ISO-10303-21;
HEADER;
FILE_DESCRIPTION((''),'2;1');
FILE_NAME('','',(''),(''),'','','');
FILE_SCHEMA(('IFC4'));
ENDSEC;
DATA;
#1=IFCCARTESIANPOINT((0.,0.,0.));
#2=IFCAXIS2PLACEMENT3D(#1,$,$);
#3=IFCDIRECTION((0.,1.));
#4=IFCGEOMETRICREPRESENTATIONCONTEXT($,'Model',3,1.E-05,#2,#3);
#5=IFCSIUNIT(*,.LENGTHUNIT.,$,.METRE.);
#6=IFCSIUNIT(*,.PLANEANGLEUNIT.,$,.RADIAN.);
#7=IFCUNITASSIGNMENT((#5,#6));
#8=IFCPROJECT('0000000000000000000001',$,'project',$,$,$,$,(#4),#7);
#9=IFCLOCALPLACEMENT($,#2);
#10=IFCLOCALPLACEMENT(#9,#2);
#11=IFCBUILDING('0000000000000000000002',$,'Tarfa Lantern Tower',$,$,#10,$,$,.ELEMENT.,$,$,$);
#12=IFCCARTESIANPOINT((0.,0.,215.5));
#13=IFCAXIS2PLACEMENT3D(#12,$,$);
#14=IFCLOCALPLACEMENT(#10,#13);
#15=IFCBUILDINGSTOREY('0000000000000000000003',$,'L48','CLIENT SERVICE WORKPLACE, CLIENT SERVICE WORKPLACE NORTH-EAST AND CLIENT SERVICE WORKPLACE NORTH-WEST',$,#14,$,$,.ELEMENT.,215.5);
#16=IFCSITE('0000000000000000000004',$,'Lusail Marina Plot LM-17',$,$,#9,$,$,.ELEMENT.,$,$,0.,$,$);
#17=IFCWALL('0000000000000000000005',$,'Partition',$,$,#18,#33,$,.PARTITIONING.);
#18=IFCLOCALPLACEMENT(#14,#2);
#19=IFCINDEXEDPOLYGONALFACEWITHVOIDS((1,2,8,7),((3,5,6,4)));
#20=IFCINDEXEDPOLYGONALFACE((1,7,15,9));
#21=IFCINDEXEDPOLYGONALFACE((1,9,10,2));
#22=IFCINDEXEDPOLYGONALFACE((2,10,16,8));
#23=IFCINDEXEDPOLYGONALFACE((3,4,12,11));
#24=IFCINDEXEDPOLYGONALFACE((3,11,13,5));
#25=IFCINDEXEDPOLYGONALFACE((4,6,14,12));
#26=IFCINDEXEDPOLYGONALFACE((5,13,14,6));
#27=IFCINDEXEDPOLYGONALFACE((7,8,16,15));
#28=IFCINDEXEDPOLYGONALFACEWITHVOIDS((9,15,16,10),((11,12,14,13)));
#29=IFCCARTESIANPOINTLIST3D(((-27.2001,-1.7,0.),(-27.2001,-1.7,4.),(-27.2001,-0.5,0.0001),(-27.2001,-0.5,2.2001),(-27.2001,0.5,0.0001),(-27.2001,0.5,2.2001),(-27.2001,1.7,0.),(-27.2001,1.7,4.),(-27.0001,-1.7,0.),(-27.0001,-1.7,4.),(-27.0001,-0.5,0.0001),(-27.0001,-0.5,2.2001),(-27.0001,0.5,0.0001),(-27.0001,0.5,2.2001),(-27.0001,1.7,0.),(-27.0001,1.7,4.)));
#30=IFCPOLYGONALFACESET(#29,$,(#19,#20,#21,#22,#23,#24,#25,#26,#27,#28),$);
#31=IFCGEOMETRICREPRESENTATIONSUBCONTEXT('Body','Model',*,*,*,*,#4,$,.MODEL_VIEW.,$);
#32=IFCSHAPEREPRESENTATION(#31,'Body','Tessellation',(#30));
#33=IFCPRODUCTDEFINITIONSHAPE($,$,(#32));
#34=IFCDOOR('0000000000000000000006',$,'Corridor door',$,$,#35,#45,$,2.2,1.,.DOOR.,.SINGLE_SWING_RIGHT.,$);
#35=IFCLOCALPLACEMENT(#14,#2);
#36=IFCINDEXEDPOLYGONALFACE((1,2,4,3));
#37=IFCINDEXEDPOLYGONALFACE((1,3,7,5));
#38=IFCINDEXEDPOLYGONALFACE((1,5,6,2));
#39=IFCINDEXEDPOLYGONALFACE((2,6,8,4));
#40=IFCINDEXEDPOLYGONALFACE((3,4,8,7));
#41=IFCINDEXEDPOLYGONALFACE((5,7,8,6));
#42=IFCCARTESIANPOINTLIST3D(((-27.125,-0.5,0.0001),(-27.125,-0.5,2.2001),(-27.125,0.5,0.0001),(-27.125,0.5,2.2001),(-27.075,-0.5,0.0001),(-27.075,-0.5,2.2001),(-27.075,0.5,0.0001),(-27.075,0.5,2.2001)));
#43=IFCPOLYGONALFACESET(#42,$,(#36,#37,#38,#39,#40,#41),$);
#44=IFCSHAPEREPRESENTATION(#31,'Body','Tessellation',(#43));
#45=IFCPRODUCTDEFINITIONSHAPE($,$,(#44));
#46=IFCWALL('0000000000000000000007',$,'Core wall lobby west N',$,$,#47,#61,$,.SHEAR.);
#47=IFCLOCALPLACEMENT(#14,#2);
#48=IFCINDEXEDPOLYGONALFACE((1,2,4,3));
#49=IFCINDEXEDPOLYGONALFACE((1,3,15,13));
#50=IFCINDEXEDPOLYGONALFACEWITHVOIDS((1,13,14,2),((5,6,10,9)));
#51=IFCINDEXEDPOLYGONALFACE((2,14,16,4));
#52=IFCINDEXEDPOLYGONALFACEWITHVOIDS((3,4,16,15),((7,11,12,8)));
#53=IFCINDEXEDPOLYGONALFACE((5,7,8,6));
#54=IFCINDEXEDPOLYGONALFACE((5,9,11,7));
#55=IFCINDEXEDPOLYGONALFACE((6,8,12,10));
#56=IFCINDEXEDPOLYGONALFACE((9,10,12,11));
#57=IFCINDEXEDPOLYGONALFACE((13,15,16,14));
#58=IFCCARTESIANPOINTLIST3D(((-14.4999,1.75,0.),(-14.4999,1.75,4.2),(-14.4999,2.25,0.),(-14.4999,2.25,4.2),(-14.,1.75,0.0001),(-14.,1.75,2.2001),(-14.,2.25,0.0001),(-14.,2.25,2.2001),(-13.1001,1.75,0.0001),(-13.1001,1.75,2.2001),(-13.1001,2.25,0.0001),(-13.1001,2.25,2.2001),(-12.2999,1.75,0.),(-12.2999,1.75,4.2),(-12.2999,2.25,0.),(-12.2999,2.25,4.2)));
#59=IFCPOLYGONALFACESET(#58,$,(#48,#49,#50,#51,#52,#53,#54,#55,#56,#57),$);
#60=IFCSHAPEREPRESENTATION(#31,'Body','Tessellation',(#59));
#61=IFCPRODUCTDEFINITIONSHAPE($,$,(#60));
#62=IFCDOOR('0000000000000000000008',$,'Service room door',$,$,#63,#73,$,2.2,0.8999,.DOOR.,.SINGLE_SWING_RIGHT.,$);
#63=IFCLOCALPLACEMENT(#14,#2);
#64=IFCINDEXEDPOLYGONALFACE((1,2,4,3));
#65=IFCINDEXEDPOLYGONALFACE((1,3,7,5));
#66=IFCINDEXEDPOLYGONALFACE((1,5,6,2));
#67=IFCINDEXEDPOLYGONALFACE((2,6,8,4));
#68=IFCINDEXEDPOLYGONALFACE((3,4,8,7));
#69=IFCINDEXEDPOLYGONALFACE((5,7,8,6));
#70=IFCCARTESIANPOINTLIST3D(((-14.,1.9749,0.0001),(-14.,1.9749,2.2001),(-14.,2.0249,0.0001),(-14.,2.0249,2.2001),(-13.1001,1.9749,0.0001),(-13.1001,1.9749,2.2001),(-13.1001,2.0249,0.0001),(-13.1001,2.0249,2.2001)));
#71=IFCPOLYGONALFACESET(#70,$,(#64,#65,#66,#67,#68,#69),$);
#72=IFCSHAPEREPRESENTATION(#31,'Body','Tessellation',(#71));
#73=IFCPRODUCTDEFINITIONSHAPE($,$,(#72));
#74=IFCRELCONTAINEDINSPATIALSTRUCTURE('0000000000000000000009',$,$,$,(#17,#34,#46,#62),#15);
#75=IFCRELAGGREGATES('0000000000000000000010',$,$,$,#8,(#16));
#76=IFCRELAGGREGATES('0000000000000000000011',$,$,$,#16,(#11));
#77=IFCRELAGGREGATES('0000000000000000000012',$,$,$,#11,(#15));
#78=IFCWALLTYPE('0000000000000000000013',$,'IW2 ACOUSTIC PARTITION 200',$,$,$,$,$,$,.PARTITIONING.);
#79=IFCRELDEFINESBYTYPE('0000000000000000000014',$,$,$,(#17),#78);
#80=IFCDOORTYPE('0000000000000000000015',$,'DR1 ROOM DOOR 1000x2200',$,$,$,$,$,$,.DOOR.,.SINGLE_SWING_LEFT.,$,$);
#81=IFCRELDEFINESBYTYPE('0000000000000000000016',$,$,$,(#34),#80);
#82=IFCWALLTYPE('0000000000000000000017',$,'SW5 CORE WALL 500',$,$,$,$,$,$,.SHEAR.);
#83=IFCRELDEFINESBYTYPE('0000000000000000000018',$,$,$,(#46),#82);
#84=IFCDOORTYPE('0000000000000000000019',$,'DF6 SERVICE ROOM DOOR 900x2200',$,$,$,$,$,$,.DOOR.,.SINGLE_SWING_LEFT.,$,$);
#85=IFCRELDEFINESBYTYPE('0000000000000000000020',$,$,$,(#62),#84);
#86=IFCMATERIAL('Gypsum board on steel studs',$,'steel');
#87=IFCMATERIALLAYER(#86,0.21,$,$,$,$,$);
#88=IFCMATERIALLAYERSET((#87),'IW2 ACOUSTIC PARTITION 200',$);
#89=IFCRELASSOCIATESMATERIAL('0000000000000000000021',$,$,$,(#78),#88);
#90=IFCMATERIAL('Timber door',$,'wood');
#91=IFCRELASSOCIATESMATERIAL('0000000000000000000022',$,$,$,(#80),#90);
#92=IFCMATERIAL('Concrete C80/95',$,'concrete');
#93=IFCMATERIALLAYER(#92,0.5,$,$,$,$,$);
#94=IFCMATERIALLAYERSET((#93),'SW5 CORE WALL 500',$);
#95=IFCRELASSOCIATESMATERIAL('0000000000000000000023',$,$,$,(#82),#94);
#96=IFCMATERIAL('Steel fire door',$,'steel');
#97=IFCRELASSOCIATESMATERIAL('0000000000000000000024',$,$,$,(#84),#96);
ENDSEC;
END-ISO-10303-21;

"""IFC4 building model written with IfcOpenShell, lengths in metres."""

from ifc_helpers import new_model, si_unit, direction, frame, frame_2d, origin, place, context, subcontext, project, spatial, rectangle, extrude, material, layer, layer_set, type_object, element, fill, save


model = new_model("IFC4")

# Units and contexts
model_context = context("Model", 3, precision=1e-05, world=origin(), true_north=direction((0.0, 1.0)))
body_context = subcontext(model_context, "Body", "Model", "MODEL_VIEW")
ifc_project = project(units=[si_unit("LENGTHUNIT", "METRE"), si_unit("PLANEANGLEUNIT", "RADIAN")], contexts=[model_context])

# Site, building, storey
site_placement = place(None, origin())
site = spatial("IfcSite", under=ifc_project, at=site_placement, Name="Lusail Marina Plot LM-17", CompositionType="ELEMENT", RefElevation=0.0)
building_placement = place(site_placement, origin())
building = spatial("IfcBuilding", under=site, at=building_placement, Name="Tarfa Lantern Tower", CompositionType="ELEMENT")
storey_placement = place(building_placement, frame((0.0, 0.0, 215.5)))
storey = spatial("IfcBuildingStorey", under=building, at=storey_placement, Name="L48", Description="CLIENT SERVICE WORKPLACE, CLIENT SERVICE WORKPLACE NORTH-EAST AND CLIENT SERVICE WORKPLACE NORTH-WEST", CompositionType="ELEMENT", Elevation=215.5)

# Shared definitions
ifc_material_1 = material(Name="Gypsum board on steel studs", Category="steel")
ifc_layer_1 = layer(ifc_material_1, 0.21)
ifc_layer_set_1 = layer_set([ifc_layer_1], Name="IW2 ACOUSTIC PARTITION 200")
wall_type_1 = type_object("IfcWallType", Name="IW2 ACOUSTIC PARTITION 200", PredefinedType="PARTITIONING", material=ifc_layer_set_1)
ifc_material_2 = material(Name="Timber door", Category="wood")
door_type_1 = type_object("IfcDoorType", Name="DR1 ROOM DOOR 1000x2200", OperationType="SINGLE_SWING_LEFT", PredefinedType="DOOR", material=ifc_material_2)

# Walls, openings, doors
wall_1_placement = place(storey_placement, frame((-27.1001, -1.7, 0.0), z_axis=(0.0, 0.0, 1.0), x_axis=(0.0, 1.0, 0.0)))
wall_1 = element("IfcWall", 1, at=wall_1_placement, inside=storey, type_object=wall_type_1, Name="Partition", PredefinedType="PARTITIONING", context=body_context, shape_type="SweptSolid", body=[
    extrude(rectangle(XDim=3.3999, YDim=0.2, at=frame_2d((1.7, 0.0))), origin(), (0.0, 0.0, 1.0), 4.0),
])
opening_1_placement = place(wall_1_placement, frame((1.2, 0.0, 0.0)))
opening_1 = element("IfcOpeningElement", 2, at=opening_1_placement, cuts=wall_1, PredefinedType="OPENING", context=body_context, shape_type="SweptSolid", body=[
    extrude(rectangle(XDim=1.0, YDim=2.2, at=frame_2d((0.5, 1.1001))), frame((0.0, 0.1099, 0.0), z_axis=(0.0, -1.0, 0.0), x_axis=(1.0, 0.0, 0.0)), (0.0, 0.0, 1.0), 0.22),
])
door_1_placement = place(opening_1_placement, origin())
door_1 = element("IfcDoor", 3, at=door_1_placement, inside=storey, type_object=door_type_1, Name="Corridor door", OperationType="SINGLE_SWING_RIGHT", OverallHeight=2.2, OverallWidth=1.0, PredefinedType="DOOR", context=body_context, shape_type="SweptSolid", body=[
    extrude(rectangle(XDim=1.0, YDim=2.2, at=frame_2d((0.5, 1.1001))), frame((0.0, 0.0249, 0.0), z_axis=(0.0, -1.0, 0.0), x_axis=(1.0, 0.0, 0.0)), (0.0, 0.0, 1.0), 0.05),
])
fill(opening_1, door_1)
ifc_material_3 = material(Name="Concrete C80/95", Category="concrete")
ifc_layer_2 = layer(ifc_material_3, 0.5)
ifc_layer_set_2 = layer_set([ifc_layer_2], Name="SW5 CORE WALL 500")
wall_type_2 = type_object("IfcWallType", Name="SW5 CORE WALL 500", PredefinedType="SHEAR", material=ifc_layer_set_2)
wall_2_placement = place(storey_placement, frame((-14.5, 2.0, 0.0), z_axis=(0.0, 0.0, 1.0), x_axis=(1.0, 0.0, 0.0)))
wall_2 = element("IfcWall", 4, at=wall_2_placement, inside=storey, type_object=wall_type_2, Name="Core wall lobby west N", PredefinedType="SHEAR", context=body_context, shape_type="SweptSolid", body=[
    extrude(rectangle(XDim=2.2, YDim=0.5, at=frame_2d((1.1001, 0.0))), origin(), (0.0, 0.0, 1.0), 4.2),
])
opening_2_placement = place(wall_2_placement, frame((0.5, 0.0, 0.0)))
opening_2 = element("IfcOpeningElement", 5, at=opening_2_placement, cuts=wall_2, PredefinedType="OPENING", context=body_context, shape_type="SweptSolid", body=[
    extrude(rectangle(XDim=0.8999, YDim=2.2, at=frame_2d((0.45, 1.1001))), frame((0.0, 0.26, 0.0), z_axis=(0.0, -1.0, 0.0), x_axis=(1.0, 0.0, 0.0)), (0.0, 0.0, 1.0), 0.52),
])
ifc_material_4 = material(Name="Steel fire door", Category="steel")
door_type_2 = type_object("IfcDoorType", Name="DF6 SERVICE ROOM DOOR 900x2200", OperationType="SINGLE_SWING_LEFT", PredefinedType="DOOR", material=ifc_material_4)
door_2_placement = place(opening_2_placement, origin())
door_2 = element("IfcDoor", 6, at=door_2_placement, inside=storey, type_object=door_type_2, Name="Service room door", OperationType="SINGLE_SWING_RIGHT", OverallHeight=2.2, OverallWidth=0.8999, PredefinedType="DOOR", context=body_context, shape_type="SweptSolid", body=[
    extrude(rectangle(XDim=0.8999, YDim=2.2, at=frame_2d((0.45, 1.1001))), frame((0.0, 0.0249, 0.0), z_axis=(0.0, -1.0, 0.0), x_axis=(1.0, 0.0, 0.0)), (0.0, 0.0, 1.0), 0.05),
])
fill(opening_2, door_2)

save(model, "model.ifc")
